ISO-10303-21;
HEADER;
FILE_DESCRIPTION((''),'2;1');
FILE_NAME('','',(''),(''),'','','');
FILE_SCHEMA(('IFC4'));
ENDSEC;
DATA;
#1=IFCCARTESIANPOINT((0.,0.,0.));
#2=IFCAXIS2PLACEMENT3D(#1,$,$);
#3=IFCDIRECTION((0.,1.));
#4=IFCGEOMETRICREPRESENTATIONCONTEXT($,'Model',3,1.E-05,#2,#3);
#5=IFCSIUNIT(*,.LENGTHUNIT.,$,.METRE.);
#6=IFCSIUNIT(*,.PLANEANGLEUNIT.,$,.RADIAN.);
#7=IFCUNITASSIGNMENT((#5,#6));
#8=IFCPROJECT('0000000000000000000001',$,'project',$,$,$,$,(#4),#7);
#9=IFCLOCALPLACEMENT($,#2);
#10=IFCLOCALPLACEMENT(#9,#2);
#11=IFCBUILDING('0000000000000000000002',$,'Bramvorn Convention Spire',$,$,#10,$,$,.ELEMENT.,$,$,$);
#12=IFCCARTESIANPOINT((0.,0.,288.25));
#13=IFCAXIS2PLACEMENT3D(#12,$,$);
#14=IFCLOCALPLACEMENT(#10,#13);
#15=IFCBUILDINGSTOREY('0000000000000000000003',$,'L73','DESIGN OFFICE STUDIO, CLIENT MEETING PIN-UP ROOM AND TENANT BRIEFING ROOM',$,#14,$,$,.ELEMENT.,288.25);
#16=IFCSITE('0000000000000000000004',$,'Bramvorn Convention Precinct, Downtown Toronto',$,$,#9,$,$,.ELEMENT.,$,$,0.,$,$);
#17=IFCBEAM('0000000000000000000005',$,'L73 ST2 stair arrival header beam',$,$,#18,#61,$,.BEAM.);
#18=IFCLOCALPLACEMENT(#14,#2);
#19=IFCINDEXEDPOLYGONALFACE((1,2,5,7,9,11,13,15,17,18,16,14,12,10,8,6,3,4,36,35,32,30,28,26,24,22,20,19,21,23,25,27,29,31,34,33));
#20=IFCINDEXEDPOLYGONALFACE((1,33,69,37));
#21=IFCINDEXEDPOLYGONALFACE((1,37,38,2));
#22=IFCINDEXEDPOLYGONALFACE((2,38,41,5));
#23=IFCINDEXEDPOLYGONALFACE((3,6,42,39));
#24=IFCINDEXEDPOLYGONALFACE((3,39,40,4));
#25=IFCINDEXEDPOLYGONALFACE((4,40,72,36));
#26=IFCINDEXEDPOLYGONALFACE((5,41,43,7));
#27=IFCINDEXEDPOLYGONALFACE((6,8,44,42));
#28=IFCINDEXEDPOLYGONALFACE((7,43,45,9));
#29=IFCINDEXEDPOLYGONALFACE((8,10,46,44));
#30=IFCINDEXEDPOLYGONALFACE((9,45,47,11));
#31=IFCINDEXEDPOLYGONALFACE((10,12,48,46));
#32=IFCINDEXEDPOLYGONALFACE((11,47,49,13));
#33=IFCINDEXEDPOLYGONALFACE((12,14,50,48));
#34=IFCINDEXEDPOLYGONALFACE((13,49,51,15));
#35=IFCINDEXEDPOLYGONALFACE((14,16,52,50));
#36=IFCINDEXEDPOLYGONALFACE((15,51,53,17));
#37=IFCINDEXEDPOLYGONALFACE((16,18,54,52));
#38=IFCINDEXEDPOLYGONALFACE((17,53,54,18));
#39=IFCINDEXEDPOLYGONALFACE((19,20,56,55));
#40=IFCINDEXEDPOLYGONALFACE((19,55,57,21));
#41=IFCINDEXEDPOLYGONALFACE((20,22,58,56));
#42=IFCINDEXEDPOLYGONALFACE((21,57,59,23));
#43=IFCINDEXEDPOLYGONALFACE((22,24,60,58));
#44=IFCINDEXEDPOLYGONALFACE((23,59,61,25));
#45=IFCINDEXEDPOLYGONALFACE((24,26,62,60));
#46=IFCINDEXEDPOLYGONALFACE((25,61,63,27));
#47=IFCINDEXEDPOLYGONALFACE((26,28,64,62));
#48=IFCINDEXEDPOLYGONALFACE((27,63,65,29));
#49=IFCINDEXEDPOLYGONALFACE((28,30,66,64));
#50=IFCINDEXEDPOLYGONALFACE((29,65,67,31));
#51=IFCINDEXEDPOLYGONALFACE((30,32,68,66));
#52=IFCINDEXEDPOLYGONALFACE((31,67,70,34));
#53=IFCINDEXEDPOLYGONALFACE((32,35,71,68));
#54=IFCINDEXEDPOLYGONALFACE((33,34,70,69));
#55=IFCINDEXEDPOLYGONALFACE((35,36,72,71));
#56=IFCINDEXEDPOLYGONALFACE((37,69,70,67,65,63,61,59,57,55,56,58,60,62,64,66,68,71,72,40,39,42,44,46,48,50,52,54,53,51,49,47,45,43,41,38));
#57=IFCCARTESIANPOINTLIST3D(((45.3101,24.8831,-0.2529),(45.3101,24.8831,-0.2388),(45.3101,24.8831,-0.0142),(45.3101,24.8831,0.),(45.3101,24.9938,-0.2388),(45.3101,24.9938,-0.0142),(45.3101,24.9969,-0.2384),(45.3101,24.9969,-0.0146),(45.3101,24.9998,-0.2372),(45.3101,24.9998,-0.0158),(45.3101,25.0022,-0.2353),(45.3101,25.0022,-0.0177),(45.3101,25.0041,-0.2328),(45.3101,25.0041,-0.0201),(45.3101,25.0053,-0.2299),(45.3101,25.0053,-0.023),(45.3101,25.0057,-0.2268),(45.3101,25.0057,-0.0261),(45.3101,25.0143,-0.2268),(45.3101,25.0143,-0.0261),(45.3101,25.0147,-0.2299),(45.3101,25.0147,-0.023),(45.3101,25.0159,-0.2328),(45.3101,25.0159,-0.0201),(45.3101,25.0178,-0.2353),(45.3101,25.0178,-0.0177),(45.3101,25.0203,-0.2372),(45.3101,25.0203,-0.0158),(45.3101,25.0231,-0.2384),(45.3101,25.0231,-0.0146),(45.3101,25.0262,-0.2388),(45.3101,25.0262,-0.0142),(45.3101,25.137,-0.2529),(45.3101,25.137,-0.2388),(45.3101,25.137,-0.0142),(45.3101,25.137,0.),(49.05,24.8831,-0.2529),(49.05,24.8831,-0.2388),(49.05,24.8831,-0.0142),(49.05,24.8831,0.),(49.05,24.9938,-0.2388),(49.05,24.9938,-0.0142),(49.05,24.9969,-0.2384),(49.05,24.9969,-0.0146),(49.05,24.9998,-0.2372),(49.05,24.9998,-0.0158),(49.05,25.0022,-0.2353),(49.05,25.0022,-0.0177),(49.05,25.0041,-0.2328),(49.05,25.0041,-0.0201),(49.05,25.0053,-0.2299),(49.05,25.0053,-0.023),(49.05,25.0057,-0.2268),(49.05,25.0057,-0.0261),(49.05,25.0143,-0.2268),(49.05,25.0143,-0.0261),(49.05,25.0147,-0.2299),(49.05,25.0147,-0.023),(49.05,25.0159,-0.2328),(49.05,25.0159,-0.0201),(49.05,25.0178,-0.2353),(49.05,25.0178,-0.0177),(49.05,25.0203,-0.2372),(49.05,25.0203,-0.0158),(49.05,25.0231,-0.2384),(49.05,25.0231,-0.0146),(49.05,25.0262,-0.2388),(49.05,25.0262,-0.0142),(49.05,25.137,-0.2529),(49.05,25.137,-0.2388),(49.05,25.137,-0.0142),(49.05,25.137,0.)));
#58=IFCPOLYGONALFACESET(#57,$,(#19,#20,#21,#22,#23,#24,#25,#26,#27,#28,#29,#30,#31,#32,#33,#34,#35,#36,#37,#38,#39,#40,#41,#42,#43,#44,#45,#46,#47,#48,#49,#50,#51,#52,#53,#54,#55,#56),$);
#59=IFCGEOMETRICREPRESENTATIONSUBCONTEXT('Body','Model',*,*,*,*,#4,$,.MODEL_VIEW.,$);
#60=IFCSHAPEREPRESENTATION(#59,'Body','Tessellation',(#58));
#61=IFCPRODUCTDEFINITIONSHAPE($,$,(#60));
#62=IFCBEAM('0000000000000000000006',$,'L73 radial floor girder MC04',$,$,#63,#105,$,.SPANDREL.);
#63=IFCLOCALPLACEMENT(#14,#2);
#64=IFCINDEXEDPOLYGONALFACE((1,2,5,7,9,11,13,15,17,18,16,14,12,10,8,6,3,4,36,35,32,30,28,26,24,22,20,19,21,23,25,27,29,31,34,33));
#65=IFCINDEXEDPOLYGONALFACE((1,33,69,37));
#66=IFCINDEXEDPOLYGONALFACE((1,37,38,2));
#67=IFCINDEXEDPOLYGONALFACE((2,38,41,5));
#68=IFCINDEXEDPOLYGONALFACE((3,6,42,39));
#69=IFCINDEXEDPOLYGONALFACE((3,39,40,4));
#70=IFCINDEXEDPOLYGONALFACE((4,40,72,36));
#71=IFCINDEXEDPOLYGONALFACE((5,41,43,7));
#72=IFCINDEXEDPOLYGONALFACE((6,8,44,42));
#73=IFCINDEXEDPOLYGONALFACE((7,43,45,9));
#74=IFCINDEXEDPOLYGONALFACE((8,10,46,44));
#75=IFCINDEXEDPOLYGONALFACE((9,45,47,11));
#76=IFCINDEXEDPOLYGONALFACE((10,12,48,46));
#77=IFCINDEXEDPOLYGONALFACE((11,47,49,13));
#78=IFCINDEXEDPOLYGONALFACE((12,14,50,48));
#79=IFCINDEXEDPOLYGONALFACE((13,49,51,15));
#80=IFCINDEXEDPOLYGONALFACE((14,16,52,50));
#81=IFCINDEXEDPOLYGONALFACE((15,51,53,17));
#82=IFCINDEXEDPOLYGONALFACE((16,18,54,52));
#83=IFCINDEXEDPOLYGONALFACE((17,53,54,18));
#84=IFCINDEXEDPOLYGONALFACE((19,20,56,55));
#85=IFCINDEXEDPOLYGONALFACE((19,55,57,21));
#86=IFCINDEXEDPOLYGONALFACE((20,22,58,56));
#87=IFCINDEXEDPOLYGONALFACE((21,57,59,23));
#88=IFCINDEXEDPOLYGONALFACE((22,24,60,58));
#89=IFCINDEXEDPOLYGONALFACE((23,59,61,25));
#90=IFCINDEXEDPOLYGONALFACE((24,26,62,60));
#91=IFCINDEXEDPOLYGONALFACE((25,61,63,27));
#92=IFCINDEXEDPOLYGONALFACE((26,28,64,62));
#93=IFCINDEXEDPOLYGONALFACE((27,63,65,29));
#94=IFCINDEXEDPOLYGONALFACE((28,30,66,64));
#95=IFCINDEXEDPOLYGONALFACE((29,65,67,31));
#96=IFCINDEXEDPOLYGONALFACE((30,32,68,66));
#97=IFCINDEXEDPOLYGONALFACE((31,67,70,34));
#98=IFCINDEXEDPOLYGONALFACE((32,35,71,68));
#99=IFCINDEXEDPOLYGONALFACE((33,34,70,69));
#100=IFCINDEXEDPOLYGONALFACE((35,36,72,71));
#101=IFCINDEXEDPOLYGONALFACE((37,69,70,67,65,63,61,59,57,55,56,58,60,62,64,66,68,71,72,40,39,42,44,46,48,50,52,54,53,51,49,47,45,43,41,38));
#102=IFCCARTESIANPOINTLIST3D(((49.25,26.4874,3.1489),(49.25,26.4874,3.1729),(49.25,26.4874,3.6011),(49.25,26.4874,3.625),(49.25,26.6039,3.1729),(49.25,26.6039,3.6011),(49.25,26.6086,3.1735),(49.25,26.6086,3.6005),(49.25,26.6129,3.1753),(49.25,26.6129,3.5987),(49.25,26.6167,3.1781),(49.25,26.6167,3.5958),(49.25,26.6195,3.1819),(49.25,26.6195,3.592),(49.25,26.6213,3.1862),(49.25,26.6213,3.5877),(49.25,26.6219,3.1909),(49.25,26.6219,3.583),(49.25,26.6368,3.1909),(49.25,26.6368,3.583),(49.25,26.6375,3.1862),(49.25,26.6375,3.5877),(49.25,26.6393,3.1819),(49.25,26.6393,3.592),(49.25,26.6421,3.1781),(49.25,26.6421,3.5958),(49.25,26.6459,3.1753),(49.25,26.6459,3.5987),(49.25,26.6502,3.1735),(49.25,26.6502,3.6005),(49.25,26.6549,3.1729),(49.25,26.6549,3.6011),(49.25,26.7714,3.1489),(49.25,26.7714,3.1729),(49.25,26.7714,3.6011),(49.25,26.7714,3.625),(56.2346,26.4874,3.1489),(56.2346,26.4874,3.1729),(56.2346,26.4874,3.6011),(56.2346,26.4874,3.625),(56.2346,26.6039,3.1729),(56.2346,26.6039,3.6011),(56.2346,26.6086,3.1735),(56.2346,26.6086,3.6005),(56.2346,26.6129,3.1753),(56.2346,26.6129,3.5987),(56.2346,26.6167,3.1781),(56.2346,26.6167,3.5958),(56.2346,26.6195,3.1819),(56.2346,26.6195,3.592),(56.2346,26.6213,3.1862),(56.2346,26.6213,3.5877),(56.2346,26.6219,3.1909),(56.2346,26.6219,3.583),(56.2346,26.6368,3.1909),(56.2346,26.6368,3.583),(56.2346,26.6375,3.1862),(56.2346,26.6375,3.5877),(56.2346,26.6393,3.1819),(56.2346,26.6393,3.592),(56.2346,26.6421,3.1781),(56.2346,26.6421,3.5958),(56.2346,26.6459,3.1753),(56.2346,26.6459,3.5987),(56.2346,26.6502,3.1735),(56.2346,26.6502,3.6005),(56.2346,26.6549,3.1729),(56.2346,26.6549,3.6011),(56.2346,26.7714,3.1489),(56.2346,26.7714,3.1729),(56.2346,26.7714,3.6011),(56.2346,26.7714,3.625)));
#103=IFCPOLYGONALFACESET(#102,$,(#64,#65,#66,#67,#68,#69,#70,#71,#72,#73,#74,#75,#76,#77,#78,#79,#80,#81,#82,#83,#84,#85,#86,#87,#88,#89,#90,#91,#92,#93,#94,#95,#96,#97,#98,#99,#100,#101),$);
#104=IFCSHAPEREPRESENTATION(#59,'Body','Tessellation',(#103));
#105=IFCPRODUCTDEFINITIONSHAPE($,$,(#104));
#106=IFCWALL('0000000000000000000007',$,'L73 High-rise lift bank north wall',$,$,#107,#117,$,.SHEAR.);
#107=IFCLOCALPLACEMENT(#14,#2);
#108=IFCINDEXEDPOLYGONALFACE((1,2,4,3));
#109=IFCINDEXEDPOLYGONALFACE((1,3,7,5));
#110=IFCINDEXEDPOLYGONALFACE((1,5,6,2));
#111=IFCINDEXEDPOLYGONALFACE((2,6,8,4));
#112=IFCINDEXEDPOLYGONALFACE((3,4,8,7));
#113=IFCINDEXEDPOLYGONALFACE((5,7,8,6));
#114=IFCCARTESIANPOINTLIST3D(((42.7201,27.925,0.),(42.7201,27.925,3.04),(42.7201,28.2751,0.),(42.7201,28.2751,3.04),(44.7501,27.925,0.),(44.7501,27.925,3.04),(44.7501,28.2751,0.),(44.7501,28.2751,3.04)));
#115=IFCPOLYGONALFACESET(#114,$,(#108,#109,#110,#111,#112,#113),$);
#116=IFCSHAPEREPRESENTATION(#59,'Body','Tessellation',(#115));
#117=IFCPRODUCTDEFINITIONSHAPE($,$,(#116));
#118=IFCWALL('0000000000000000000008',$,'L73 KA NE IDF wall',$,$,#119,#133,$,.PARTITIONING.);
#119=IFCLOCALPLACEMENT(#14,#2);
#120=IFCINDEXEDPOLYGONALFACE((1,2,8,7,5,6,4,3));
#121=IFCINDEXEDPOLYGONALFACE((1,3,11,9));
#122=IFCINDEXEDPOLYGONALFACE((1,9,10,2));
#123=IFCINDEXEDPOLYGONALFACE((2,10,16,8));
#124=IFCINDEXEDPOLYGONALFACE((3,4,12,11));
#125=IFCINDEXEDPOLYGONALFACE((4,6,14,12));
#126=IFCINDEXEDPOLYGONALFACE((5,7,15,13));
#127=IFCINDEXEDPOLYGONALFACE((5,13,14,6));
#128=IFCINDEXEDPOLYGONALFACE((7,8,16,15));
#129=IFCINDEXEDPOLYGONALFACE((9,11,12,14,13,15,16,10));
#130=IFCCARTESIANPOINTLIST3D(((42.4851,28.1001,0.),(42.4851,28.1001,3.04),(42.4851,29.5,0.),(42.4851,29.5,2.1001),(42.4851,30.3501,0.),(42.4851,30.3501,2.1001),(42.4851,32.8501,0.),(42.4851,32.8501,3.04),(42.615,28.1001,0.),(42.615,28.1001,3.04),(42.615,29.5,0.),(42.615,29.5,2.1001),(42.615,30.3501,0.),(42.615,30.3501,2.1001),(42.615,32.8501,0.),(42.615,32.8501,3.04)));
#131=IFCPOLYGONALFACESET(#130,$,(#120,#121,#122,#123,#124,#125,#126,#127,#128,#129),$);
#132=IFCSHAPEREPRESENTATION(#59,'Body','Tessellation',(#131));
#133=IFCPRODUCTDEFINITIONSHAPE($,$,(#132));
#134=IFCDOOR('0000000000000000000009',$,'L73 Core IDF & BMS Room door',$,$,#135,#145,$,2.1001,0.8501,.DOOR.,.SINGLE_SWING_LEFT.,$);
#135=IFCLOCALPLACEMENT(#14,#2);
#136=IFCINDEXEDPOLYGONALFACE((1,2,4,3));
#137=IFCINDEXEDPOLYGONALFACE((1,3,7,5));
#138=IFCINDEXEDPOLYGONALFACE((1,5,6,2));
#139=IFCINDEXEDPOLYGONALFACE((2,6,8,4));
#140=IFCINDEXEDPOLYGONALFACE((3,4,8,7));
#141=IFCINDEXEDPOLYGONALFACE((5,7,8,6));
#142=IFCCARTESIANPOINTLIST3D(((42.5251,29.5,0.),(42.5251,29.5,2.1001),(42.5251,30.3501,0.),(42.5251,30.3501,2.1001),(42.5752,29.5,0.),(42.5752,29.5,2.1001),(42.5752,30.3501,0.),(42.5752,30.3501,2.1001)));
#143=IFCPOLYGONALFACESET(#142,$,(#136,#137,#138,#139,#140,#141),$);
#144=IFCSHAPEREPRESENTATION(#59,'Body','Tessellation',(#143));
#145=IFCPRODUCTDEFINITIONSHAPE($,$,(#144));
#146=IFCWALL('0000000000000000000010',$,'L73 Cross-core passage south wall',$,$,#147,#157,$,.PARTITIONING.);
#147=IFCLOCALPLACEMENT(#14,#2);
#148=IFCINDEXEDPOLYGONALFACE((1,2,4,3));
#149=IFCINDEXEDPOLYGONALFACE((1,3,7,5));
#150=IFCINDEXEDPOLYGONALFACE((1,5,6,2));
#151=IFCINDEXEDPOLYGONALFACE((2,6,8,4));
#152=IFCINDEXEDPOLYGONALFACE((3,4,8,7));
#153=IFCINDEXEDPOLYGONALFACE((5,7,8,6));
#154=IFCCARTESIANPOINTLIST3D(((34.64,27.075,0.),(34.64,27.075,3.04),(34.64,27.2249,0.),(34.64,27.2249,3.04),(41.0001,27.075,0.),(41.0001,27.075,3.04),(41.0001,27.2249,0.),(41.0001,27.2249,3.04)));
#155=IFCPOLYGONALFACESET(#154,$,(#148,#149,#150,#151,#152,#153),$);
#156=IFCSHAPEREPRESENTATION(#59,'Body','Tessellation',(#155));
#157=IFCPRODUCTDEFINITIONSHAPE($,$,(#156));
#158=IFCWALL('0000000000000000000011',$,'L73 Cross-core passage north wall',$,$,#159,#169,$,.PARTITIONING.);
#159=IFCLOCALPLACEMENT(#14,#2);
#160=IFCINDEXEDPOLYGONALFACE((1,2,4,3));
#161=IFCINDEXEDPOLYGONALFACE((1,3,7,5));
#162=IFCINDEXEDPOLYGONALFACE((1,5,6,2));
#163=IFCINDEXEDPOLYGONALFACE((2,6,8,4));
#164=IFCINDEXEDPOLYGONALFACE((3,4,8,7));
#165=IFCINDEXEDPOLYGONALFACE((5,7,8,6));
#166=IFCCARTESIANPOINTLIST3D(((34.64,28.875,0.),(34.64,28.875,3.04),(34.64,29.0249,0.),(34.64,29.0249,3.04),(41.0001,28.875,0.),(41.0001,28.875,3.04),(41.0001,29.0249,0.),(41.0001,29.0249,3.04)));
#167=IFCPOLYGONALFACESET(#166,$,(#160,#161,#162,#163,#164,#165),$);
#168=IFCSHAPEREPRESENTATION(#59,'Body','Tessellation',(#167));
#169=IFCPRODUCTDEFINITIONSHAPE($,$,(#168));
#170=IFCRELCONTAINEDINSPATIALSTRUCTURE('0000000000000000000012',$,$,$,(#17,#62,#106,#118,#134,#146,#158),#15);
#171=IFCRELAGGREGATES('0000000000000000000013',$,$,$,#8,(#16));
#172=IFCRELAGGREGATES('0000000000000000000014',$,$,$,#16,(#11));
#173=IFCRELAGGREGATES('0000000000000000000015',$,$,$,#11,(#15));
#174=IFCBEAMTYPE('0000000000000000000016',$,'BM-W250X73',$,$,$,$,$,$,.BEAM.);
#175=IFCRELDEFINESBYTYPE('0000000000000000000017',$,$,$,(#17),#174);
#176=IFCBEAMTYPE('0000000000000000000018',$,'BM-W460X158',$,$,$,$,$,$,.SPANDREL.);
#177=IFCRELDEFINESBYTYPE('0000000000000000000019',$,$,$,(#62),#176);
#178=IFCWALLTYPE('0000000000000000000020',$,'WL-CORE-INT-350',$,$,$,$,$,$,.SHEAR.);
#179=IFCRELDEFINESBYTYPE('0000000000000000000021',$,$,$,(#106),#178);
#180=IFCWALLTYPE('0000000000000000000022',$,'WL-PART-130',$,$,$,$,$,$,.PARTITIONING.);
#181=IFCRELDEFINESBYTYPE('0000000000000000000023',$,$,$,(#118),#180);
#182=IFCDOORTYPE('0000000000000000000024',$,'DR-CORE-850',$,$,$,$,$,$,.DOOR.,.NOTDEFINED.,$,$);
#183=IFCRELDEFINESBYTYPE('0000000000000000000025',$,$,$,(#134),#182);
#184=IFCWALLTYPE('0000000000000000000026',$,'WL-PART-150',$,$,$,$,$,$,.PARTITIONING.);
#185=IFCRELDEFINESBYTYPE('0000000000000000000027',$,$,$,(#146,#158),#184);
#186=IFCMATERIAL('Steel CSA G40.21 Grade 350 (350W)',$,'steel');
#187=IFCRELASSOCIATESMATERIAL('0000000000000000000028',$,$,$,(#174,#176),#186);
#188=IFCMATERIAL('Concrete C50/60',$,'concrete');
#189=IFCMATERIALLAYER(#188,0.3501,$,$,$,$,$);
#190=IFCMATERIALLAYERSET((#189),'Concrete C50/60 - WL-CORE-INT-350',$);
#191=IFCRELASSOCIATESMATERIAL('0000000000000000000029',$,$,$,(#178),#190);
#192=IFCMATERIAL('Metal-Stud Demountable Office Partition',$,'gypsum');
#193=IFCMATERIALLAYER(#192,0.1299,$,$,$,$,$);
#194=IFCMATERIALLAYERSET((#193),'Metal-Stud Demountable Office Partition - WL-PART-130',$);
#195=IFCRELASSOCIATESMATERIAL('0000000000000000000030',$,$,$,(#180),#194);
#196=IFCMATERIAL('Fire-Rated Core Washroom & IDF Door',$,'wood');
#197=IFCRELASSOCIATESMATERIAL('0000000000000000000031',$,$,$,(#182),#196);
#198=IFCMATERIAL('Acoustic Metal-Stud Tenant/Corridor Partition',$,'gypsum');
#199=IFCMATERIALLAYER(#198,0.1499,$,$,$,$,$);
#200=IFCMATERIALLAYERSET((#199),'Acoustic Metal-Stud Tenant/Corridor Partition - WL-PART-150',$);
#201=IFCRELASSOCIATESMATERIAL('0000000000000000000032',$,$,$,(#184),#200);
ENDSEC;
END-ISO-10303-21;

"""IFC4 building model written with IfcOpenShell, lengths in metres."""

from ifc_helpers import new_model, si_unit, direction, frame, frame_2d, origin, origin_2d, place, context, subcontext, project, spatial, rectangle, i_section, extrude, material, layer, layer_set, material_profile, profile_set, type_object, element, fill, save


model = new_model("IFC4")

# Units and contexts
model_context = context("Model", 3, precision=1e-05, world=origin(), true_north=direction((0.0, 1.0)))
body_context = subcontext(model_context, "Body", "Model", "MODEL_VIEW")
ifc_project = project(units=[si_unit("LENGTHUNIT", "METRE"), si_unit("PLANEANGLEUNIT", "RADIAN")], contexts=[model_context])

# Site, building, storey
site_placement = place(None, origin())
site = spatial("IfcSite", under=ifc_project, at=site_placement, Name="Bramvorn Convention Precinct, Downtown Toronto", CompositionType="ELEMENT", RefElevation=0.0)
building_placement = place(site_placement, origin())
building = spatial("IfcBuilding", under=site, at=building_placement, Name="Bramvorn Convention Spire", CompositionType="ELEMENT")
storey_placement = place(building_placement, frame((0.0, 0.0, 288.25)))
storey = spatial("IfcBuildingStorey", under=building, at=storey_placement, Name="L73", Description="DESIGN OFFICE STUDIO, CLIENT MEETING PIN-UP ROOM AND TENANT BRIEFING ROOM", CompositionType="ELEMENT", Elevation=288.25)

# Beams
ifc_material_1 = material(Name="Steel CSA G40.21 Grade 350 (350W)", Category="steel")
ifc_material_profile_1 = material_profile(ifc_material_1, i_section(OverallWidth=0.2539, OverallDepth=0.2529, WebThickness=0.0085, FlangeThickness=0.0142, FilletRadius=0.012, at=origin_2d()))
ifc_profile_set_1 = profile_set([ifc_material_profile_1], Name="Steel CSA G40.21 Grade 350 (350W) - W250X73")
beam_type_1 = type_object("IfcBeamType", Name="BM-W250X73", PredefinedType="BEAM", material=ifc_profile_set_1)
beam_1_placement = place(storey_placement, frame((45.3101, 25.01, -0.1265), z_axis=(1.0, 0.0, 0.0), x_axis=(0.0, 1.0, 0.0)))
element("IfcBeam", 1, at=beam_1_placement, inside=storey, type_object=beam_type_1, Name="L73 ST2 stair arrival header beam", PredefinedType="BEAM", context=body_context, shape_type="SweptSolid", body=[
    extrude(i_section(OverallWidth=0.2539, OverallDepth=0.2529, WebThickness=0.0085, FlangeThickness=0.0142, FilletRadius=0.012, at=origin_2d()), origin(), (0.0, 0.0, 1.0), 3.74),
])
ifc_material_profile_2 = material_profile(ifc_material_1, i_section(OverallWidth=0.2839, OverallDepth=0.4761, WebThickness=0.0149, FlangeThickness=0.0239, FilletRadius=0.0181, at=origin_2d()))
ifc_profile_set_2 = profile_set([ifc_material_profile_2], Name="Steel CSA G40.21 Grade 350 (350W) - W460X158")
beam_type_2 = type_object("IfcBeamType", Name="BM-W460X158", PredefinedType="SPANDREL", material=ifc_profile_set_2)
beam_2_placement = place(storey_placement, frame((49.25, 26.6294, 3.387), z_axis=(1.0, 0.0, 0.0), x_axis=(0.0, 1.0, 0.0)))
element("IfcBeam", 2, at=beam_2_placement, inside=storey, type_object=beam_type_2, Name="L73 radial floor girder MC04", PredefinedType="SPANDREL", context=body_context, shape_type="SweptSolid", body=[
    extrude(i_section(OverallWidth=0.2839, OverallDepth=0.4761, WebThickness=0.0149, FlangeThickness=0.0239, FilletRadius=0.0181, at=origin_2d()), origin(), (0.0, 0.0, 1.0), 6.9846),
])

# Shared definitions
ifc_material_2 = material(Name="Concrete C50/60", Category="concrete")
ifc_layer_1 = layer(ifc_material_2, 0.3501)
ifc_layer_set_1 = layer_set([ifc_layer_1], Name="Concrete C50/60 - WL-CORE-INT-350")
wall_type_1 = type_object("IfcWallType", Name="WL-CORE-INT-350", PredefinedType="SHEAR", material=ifc_layer_set_1)

# Wall
wall_1_placement = place(storey_placement, frame((42.72, 28.1001, 0.0), z_axis=(0.0, 0.0, 1.0), x_axis=(1.0, 0.0, 0.0)))
element("IfcWall", 3, at=wall_1_placement, inside=storey, type_object=wall_type_1, Name="L73 High-rise lift bank north wall", PredefinedType="SHEAR", context=body_context, shape_type="SweptSolid", body=[
    extrude(rectangle(XDim=2.03, YDim=0.3501, at=frame_2d((1.0151, 0.0))), origin(), (0.0, 0.0, 1.0), 3.04),
])

# Wall, opening, door
ifc_material_3 = material(Name="Metal-Stud Demountable Office Partition", Category="gypsum")
ifc_layer_2 = layer(ifc_material_3, 0.1299)
ifc_layer_set_2 = layer_set([ifc_layer_2], Name="Metal-Stud Demountable Office Partition - WL-PART-130")
wall_type_2 = type_object("IfcWallType", Name="WL-PART-130", PredefinedType="PARTITIONING", material=ifc_layer_set_2)
wall_2_placement = place(storey_placement, frame((42.55, 28.1001, 0.0), z_axis=(0.0, 0.0, 1.0), x_axis=(0.0, 1.0, 0.0)))
wall_2 = element("IfcWall", 4, at=wall_2_placement, inside=storey, type_object=wall_type_2, Name="L73 KA NE IDF wall", PredefinedType="PARTITIONING", context=body_context, shape_type="SweptSolid", body=[
    extrude(rectangle(XDim=4.75, YDim=0.1299, at=frame_2d((2.375, 0.0))), origin(), (0.0, 0.0, 1.0), 3.04),
])
opening_1_placement = place(wall_2_placement, frame((1.3999, 0.0, 0.0)))
opening_1 = element("IfcOpeningElement", 5, at=opening_1_placement, cuts=wall_2, PredefinedType="OPENING", context=body_context, shape_type="SweptSolid", body=[
    extrude(rectangle(XDim=0.8501, YDim=2.1001, at=frame_2d((0.425, 1.05))), frame((0.0, 0.075, 0.0), z_axis=(0.0, -1.0, 0.0), x_axis=(1.0, 0.0, 0.0)), (0.0, 0.0, 1.0), 0.1499),
])
ifc_material_4 = material(Name="Fire-Rated Core Washroom & IDF Door", Category="wood")
door_type_1 = type_object("IfcDoorType", Name="DR-CORE-850", OperationType="NOTDEFINED", PredefinedType="DOOR", material=ifc_material_4)
door_1_placement = place(opening_1_placement, origin())
door_1 = element("IfcDoor", 6, at=door_1_placement, inside=storey, type_object=door_type_1, Name="L73 Core IDF & BMS Room door", OperationType="SINGLE_SWING_LEFT", OverallHeight=2.1001, OverallWidth=0.8501, PredefinedType="DOOR", context=body_context, shape_type="SweptSolid", body=[
    extrude(rectangle(XDim=0.8501, YDim=2.1001, at=frame_2d((0.425, 1.05))), frame((0.0, 0.0249, 0.0), z_axis=(0.0, -1.0, 0.0), x_axis=(1.0, 0.0, 0.0)), (0.0, 0.0, 1.0), 0.05),
])
fill(opening_1, door_1)

# Walls
ifc_material_5 = material(Name="Acoustic Metal-Stud Tenant/Corridor Partition", Category="gypsum")
ifc_layer_3 = layer(ifc_material_5, 0.1499)
ifc_layer_set_3 = layer_set([ifc_layer_3], Name="Acoustic Metal-Stud Tenant/Corridor Partition - WL-PART-150")
wall_type_3 = type_object("IfcWallType", Name="WL-PART-150", PredefinedType="PARTITIONING", material=ifc_layer_set_3)
for number, where, z_axis, x_axis, name in (
    (7, (34.6399, 27.1499, 0.0), (0.0, 0.0, 1.0), (1.0, 0.0, 0.0), "L73 Cross-core passage south wall"),
    (8, (34.6399, 28.95, 0.0), (0.0, 0.0, 1.0), (1.0, 0.0, 0.0), "L73 Cross-core passage north wall"),
):
    element("IfcWall", number, at=place(storey_placement, frame(where, z_axis=z_axis, x_axis=x_axis)), inside=storey, type_object=wall_type_3, Name=name, PredefinedType="PARTITIONING", context=body_context, shape_type="SweptSolid", body=[
        extrude(rectangle(XDim=6.3601, YDim=0.1499, at=frame_2d((3.1802, 0.0))), origin(), (0.0, 0.0, 1.0), 3.04),
    ])

save(model, "model.ifc")
